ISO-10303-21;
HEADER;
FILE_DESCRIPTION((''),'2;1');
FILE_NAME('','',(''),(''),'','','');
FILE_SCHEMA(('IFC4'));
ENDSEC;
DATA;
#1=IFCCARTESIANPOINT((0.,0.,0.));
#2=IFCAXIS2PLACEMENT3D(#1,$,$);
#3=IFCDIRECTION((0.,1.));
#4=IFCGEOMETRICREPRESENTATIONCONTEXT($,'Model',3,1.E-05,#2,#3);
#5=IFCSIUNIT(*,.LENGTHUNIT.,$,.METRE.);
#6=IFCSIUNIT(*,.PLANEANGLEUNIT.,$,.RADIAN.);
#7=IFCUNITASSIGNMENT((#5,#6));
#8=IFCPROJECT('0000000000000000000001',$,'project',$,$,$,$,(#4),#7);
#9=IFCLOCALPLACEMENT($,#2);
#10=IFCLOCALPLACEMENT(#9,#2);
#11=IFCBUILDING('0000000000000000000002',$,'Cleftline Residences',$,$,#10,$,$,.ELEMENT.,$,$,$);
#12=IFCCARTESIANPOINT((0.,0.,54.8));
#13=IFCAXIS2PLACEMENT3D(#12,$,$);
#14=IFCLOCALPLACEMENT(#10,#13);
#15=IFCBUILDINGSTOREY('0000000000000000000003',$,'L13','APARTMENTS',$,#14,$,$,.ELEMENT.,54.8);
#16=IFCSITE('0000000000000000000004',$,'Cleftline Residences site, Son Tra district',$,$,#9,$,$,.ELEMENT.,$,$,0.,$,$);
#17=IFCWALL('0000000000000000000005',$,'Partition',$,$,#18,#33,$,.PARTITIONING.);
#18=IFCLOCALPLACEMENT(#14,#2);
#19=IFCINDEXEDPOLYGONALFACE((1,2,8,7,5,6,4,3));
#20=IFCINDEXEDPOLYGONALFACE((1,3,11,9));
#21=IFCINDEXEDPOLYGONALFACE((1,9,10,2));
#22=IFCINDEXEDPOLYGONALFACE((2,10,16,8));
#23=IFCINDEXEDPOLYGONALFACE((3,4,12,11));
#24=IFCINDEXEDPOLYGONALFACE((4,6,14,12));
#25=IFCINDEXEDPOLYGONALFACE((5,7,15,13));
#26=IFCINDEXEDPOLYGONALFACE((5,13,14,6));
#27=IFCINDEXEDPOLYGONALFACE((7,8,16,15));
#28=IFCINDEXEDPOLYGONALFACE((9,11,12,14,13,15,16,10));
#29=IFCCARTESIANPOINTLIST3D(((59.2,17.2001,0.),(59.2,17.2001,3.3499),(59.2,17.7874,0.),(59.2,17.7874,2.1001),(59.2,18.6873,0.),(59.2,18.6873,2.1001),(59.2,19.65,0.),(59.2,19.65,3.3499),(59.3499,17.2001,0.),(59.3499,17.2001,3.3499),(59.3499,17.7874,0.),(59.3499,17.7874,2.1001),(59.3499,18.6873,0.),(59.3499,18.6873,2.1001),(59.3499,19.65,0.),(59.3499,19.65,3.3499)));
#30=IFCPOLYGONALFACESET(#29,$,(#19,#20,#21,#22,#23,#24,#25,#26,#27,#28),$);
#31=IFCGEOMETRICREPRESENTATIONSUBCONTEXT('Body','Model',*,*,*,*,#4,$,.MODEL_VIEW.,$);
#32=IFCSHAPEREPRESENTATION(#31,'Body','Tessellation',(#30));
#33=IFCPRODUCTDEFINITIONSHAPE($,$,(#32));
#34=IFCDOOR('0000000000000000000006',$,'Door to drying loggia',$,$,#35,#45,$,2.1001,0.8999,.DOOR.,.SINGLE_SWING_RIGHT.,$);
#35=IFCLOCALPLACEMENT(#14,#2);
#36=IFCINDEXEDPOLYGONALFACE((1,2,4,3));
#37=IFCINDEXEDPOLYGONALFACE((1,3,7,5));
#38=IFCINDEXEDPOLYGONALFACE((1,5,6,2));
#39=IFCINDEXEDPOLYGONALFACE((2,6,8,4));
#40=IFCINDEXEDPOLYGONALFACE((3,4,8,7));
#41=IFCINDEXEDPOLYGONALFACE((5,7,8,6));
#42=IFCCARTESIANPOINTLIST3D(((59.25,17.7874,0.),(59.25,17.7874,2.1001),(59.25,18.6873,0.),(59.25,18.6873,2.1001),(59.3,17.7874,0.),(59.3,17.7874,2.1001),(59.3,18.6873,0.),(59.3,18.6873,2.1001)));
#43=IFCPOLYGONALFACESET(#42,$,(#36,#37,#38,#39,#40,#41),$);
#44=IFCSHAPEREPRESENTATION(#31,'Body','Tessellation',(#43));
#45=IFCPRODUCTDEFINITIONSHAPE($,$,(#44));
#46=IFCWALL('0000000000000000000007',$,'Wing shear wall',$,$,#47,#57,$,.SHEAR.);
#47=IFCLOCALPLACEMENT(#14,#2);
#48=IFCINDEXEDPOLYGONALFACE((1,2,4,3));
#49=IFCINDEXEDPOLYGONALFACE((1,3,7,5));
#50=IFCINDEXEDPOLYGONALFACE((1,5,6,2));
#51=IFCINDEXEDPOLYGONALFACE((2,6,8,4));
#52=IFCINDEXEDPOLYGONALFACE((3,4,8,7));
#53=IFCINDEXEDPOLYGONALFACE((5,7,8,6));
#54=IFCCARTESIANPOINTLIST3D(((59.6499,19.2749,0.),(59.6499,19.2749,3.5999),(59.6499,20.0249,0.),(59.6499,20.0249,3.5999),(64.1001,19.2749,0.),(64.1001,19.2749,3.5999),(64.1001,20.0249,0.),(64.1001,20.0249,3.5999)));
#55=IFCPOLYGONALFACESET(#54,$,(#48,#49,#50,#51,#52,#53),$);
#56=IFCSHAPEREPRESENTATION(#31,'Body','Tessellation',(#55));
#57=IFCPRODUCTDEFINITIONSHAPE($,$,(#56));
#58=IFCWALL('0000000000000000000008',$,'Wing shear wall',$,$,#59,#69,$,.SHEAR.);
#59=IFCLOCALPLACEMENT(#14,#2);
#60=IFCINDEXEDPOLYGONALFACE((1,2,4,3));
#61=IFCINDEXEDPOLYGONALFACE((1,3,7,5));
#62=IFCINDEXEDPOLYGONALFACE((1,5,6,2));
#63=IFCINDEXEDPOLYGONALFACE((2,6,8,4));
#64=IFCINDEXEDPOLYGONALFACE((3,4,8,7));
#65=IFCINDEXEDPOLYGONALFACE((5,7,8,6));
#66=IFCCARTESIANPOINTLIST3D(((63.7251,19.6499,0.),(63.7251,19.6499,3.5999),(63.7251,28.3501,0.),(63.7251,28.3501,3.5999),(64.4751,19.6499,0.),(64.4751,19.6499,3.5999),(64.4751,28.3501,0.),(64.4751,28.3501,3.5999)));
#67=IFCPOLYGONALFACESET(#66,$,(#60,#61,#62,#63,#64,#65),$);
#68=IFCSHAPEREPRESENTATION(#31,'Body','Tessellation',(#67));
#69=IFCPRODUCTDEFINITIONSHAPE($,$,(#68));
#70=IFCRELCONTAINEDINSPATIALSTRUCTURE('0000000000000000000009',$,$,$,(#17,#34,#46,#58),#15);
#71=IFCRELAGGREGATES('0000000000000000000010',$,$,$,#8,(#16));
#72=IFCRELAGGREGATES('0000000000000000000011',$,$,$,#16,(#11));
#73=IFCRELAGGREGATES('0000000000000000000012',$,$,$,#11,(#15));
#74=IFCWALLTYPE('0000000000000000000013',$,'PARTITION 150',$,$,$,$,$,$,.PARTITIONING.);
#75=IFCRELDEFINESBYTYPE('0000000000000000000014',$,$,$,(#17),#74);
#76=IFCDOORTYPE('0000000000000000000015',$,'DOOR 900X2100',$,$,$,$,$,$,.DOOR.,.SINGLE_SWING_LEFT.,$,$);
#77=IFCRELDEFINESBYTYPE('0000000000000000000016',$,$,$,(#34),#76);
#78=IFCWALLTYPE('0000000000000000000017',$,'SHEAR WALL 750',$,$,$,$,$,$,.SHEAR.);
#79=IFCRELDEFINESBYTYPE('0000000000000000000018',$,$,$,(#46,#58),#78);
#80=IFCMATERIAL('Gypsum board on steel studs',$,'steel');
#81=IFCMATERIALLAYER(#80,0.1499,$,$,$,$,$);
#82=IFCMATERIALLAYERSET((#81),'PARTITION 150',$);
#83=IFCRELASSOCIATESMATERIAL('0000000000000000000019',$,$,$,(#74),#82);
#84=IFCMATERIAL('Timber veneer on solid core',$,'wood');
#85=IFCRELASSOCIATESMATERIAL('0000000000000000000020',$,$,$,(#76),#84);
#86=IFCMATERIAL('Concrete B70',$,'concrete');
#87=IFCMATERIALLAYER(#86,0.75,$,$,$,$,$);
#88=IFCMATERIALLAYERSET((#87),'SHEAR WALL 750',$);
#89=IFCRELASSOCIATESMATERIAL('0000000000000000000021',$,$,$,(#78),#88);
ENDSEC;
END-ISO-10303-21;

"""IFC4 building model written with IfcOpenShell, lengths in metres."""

from ifc_helpers import new_model, si_unit, direction, frame, frame_2d, origin, place, context, subcontext, project, spatial, rectangle, extrude, material, layer, layer_set, type_object, element, fill, save


model = new_model("IFC4")

# Units and contexts
model_context = context("Model", 3, precision=1e-05, world=origin(), true_north=direction((0.0, 1.0)))
body_context = subcontext(model_context, "Body", "Model", "MODEL_VIEW")
ifc_project = project(units=[si_unit("LENGTHUNIT", "METRE"), si_unit("PLANEANGLEUNIT", "RADIAN")], contexts=[model_context])

# Site, building, storey
site_placement = place(None, origin())
site = spatial("IfcSite", under=ifc_project, at=site_placement, Name="Cleftline Residences site, Son Tra district", CompositionType="ELEMENT", RefElevation=0.0)
building_placement = place(site_placement, origin())
building = spatial("IfcBuilding", under=site, at=building_placement, Name="Cleftline Residences", CompositionType="ELEMENT")
storey_placement = place(building_placement, frame((0.0, 0.0, 54.8)))
storey = spatial("IfcBuildingStorey", under=building, at=storey_placement, Name="L13", Description="APARTMENTS", CompositionType="ELEMENT", Elevation=54.8)

# Shared definitions
ifc_material_1 = material(Name="Gypsum board on steel studs", Category="steel")
ifc_layer_1 = layer(ifc_material_1, 0.1499)
ifc_layer_set_1 = layer_set([ifc_layer_1], Name="PARTITION 150")
wall_type_1 = type_object("IfcWallType", Name="PARTITION 150", PredefinedType="PARTITIONING", material=ifc_layer_set_1)

# Wall, opening, door
wall_1_placement = place(storey_placement, frame((59.2749, 17.2, 0.0), z_axis=(0.0, 0.0, 1.0), x_axis=(0.0, 1.0, 0.0)))
wall_1 = element("IfcWall", 1, at=wall_1_placement, inside=storey, type_object=wall_type_1, Name="Partition", PredefinedType="PARTITIONING", context=body_context, shape_type="SweptSolid", body=[
    extrude(rectangle(XDim=2.45, YDim=0.1499, at=frame_2d((1.2251, 0.0))), origin(), (0.0, 0.0, 1.0), 3.3499),
])
opening_1_placement = place(wall_1_placement, frame((0.5874, 0.0, 0.0)))
opening_1 = element("IfcOpeningElement", 2, at=opening_1_placement, cuts=wall_1, PredefinedType="OPENING", context=body_context, shape_type="SweptSolid", body=[
    extrude(rectangle(XDim=0.8999, YDim=2.1001, at=frame_2d((0.45, 1.05))), frame((0.0, 0.085, 0.0), z_axis=(0.0, -1.0, 0.0), x_axis=(1.0, 0.0, 0.0)), (0.0, 0.0, 1.0), 0.1699),
])
ifc_material_2 = material(Name="Timber veneer on solid core", Category="wood")
door_type_1 = type_object("IfcDoorType", Name="DOOR 900X2100", OperationType="SINGLE_SWING_LEFT", PredefinedType="DOOR", material=ifc_material_2)
door_1_placement = place(opening_1_placement, origin())
door_1 = element("IfcDoor", 3, at=door_1_placement, inside=storey, type_object=door_type_1, Name="Door to drying loggia", OperationType="SINGLE_SWING_RIGHT", OverallHeight=2.1001, OverallWidth=0.8999, PredefinedType="DOOR", context=body_context, shape_type="SweptSolid", body=[
    extrude(rectangle(XDim=0.8999, YDim=2.1001, at=frame_2d((0.45, 1.05))), frame((0.0, 0.0249, 0.0), z_axis=(0.0, -1.0, 0.0), x_axis=(1.0, 0.0, 0.0)), (0.0, 0.0, 1.0), 0.05),
])
fill(opening_1, door_1)

# Walls
ifc_material_3 = material(Name="Concrete B70", Category="concrete")
ifc_layer_2 = layer(ifc_material_3, 0.75)
ifc_layer_set_2 = layer_set([ifc_layer_2], Name="SHEAR WALL 750")
wall_type_2 = type_object("IfcWallType", Name="SHEAR WALL 750", PredefinedType="SHEAR", material=ifc_layer_set_2)
wall_2_placement = place(storey_placement, frame((59.6499, 19.6499, 0.0), z_axis=(0.0, 0.0, 1.0), x_axis=(1.0, 0.0, 0.0)))
element("IfcWall", 4, at=wall_2_placement, inside=storey, type_object=wall_type_2, Name="Wing shear wall", PredefinedType="SHEAR", context=body_context, shape_type="SweptSolid", body=[
    extrude(rectangle(XDim=4.4502, YDim=0.75, at=frame_2d((2.2251, 0.0))), origin(), (0.0, 0.0, 1.0), 3.5999),
])
wall_3_placement = place(storey_placement, frame((64.1001, 19.6499, 0.0), z_axis=(0.0, 0.0, 1.0), x_axis=(0.0, 1.0, 0.0)))
element("IfcWall", 5, at=wall_3_placement, inside=storey, type_object=wall_type_2, Name="Wing shear wall", PredefinedType="SHEAR", context=body_context, shape_type="SweptSolid", body=[
    extrude(rectangle(XDim=8.7002, YDim=0.75, at=frame_2d((4.3501, 0.0))), origin(), (0.0, 0.0, 1.0), 3.5999),
])

save(model, "model.ifc")
